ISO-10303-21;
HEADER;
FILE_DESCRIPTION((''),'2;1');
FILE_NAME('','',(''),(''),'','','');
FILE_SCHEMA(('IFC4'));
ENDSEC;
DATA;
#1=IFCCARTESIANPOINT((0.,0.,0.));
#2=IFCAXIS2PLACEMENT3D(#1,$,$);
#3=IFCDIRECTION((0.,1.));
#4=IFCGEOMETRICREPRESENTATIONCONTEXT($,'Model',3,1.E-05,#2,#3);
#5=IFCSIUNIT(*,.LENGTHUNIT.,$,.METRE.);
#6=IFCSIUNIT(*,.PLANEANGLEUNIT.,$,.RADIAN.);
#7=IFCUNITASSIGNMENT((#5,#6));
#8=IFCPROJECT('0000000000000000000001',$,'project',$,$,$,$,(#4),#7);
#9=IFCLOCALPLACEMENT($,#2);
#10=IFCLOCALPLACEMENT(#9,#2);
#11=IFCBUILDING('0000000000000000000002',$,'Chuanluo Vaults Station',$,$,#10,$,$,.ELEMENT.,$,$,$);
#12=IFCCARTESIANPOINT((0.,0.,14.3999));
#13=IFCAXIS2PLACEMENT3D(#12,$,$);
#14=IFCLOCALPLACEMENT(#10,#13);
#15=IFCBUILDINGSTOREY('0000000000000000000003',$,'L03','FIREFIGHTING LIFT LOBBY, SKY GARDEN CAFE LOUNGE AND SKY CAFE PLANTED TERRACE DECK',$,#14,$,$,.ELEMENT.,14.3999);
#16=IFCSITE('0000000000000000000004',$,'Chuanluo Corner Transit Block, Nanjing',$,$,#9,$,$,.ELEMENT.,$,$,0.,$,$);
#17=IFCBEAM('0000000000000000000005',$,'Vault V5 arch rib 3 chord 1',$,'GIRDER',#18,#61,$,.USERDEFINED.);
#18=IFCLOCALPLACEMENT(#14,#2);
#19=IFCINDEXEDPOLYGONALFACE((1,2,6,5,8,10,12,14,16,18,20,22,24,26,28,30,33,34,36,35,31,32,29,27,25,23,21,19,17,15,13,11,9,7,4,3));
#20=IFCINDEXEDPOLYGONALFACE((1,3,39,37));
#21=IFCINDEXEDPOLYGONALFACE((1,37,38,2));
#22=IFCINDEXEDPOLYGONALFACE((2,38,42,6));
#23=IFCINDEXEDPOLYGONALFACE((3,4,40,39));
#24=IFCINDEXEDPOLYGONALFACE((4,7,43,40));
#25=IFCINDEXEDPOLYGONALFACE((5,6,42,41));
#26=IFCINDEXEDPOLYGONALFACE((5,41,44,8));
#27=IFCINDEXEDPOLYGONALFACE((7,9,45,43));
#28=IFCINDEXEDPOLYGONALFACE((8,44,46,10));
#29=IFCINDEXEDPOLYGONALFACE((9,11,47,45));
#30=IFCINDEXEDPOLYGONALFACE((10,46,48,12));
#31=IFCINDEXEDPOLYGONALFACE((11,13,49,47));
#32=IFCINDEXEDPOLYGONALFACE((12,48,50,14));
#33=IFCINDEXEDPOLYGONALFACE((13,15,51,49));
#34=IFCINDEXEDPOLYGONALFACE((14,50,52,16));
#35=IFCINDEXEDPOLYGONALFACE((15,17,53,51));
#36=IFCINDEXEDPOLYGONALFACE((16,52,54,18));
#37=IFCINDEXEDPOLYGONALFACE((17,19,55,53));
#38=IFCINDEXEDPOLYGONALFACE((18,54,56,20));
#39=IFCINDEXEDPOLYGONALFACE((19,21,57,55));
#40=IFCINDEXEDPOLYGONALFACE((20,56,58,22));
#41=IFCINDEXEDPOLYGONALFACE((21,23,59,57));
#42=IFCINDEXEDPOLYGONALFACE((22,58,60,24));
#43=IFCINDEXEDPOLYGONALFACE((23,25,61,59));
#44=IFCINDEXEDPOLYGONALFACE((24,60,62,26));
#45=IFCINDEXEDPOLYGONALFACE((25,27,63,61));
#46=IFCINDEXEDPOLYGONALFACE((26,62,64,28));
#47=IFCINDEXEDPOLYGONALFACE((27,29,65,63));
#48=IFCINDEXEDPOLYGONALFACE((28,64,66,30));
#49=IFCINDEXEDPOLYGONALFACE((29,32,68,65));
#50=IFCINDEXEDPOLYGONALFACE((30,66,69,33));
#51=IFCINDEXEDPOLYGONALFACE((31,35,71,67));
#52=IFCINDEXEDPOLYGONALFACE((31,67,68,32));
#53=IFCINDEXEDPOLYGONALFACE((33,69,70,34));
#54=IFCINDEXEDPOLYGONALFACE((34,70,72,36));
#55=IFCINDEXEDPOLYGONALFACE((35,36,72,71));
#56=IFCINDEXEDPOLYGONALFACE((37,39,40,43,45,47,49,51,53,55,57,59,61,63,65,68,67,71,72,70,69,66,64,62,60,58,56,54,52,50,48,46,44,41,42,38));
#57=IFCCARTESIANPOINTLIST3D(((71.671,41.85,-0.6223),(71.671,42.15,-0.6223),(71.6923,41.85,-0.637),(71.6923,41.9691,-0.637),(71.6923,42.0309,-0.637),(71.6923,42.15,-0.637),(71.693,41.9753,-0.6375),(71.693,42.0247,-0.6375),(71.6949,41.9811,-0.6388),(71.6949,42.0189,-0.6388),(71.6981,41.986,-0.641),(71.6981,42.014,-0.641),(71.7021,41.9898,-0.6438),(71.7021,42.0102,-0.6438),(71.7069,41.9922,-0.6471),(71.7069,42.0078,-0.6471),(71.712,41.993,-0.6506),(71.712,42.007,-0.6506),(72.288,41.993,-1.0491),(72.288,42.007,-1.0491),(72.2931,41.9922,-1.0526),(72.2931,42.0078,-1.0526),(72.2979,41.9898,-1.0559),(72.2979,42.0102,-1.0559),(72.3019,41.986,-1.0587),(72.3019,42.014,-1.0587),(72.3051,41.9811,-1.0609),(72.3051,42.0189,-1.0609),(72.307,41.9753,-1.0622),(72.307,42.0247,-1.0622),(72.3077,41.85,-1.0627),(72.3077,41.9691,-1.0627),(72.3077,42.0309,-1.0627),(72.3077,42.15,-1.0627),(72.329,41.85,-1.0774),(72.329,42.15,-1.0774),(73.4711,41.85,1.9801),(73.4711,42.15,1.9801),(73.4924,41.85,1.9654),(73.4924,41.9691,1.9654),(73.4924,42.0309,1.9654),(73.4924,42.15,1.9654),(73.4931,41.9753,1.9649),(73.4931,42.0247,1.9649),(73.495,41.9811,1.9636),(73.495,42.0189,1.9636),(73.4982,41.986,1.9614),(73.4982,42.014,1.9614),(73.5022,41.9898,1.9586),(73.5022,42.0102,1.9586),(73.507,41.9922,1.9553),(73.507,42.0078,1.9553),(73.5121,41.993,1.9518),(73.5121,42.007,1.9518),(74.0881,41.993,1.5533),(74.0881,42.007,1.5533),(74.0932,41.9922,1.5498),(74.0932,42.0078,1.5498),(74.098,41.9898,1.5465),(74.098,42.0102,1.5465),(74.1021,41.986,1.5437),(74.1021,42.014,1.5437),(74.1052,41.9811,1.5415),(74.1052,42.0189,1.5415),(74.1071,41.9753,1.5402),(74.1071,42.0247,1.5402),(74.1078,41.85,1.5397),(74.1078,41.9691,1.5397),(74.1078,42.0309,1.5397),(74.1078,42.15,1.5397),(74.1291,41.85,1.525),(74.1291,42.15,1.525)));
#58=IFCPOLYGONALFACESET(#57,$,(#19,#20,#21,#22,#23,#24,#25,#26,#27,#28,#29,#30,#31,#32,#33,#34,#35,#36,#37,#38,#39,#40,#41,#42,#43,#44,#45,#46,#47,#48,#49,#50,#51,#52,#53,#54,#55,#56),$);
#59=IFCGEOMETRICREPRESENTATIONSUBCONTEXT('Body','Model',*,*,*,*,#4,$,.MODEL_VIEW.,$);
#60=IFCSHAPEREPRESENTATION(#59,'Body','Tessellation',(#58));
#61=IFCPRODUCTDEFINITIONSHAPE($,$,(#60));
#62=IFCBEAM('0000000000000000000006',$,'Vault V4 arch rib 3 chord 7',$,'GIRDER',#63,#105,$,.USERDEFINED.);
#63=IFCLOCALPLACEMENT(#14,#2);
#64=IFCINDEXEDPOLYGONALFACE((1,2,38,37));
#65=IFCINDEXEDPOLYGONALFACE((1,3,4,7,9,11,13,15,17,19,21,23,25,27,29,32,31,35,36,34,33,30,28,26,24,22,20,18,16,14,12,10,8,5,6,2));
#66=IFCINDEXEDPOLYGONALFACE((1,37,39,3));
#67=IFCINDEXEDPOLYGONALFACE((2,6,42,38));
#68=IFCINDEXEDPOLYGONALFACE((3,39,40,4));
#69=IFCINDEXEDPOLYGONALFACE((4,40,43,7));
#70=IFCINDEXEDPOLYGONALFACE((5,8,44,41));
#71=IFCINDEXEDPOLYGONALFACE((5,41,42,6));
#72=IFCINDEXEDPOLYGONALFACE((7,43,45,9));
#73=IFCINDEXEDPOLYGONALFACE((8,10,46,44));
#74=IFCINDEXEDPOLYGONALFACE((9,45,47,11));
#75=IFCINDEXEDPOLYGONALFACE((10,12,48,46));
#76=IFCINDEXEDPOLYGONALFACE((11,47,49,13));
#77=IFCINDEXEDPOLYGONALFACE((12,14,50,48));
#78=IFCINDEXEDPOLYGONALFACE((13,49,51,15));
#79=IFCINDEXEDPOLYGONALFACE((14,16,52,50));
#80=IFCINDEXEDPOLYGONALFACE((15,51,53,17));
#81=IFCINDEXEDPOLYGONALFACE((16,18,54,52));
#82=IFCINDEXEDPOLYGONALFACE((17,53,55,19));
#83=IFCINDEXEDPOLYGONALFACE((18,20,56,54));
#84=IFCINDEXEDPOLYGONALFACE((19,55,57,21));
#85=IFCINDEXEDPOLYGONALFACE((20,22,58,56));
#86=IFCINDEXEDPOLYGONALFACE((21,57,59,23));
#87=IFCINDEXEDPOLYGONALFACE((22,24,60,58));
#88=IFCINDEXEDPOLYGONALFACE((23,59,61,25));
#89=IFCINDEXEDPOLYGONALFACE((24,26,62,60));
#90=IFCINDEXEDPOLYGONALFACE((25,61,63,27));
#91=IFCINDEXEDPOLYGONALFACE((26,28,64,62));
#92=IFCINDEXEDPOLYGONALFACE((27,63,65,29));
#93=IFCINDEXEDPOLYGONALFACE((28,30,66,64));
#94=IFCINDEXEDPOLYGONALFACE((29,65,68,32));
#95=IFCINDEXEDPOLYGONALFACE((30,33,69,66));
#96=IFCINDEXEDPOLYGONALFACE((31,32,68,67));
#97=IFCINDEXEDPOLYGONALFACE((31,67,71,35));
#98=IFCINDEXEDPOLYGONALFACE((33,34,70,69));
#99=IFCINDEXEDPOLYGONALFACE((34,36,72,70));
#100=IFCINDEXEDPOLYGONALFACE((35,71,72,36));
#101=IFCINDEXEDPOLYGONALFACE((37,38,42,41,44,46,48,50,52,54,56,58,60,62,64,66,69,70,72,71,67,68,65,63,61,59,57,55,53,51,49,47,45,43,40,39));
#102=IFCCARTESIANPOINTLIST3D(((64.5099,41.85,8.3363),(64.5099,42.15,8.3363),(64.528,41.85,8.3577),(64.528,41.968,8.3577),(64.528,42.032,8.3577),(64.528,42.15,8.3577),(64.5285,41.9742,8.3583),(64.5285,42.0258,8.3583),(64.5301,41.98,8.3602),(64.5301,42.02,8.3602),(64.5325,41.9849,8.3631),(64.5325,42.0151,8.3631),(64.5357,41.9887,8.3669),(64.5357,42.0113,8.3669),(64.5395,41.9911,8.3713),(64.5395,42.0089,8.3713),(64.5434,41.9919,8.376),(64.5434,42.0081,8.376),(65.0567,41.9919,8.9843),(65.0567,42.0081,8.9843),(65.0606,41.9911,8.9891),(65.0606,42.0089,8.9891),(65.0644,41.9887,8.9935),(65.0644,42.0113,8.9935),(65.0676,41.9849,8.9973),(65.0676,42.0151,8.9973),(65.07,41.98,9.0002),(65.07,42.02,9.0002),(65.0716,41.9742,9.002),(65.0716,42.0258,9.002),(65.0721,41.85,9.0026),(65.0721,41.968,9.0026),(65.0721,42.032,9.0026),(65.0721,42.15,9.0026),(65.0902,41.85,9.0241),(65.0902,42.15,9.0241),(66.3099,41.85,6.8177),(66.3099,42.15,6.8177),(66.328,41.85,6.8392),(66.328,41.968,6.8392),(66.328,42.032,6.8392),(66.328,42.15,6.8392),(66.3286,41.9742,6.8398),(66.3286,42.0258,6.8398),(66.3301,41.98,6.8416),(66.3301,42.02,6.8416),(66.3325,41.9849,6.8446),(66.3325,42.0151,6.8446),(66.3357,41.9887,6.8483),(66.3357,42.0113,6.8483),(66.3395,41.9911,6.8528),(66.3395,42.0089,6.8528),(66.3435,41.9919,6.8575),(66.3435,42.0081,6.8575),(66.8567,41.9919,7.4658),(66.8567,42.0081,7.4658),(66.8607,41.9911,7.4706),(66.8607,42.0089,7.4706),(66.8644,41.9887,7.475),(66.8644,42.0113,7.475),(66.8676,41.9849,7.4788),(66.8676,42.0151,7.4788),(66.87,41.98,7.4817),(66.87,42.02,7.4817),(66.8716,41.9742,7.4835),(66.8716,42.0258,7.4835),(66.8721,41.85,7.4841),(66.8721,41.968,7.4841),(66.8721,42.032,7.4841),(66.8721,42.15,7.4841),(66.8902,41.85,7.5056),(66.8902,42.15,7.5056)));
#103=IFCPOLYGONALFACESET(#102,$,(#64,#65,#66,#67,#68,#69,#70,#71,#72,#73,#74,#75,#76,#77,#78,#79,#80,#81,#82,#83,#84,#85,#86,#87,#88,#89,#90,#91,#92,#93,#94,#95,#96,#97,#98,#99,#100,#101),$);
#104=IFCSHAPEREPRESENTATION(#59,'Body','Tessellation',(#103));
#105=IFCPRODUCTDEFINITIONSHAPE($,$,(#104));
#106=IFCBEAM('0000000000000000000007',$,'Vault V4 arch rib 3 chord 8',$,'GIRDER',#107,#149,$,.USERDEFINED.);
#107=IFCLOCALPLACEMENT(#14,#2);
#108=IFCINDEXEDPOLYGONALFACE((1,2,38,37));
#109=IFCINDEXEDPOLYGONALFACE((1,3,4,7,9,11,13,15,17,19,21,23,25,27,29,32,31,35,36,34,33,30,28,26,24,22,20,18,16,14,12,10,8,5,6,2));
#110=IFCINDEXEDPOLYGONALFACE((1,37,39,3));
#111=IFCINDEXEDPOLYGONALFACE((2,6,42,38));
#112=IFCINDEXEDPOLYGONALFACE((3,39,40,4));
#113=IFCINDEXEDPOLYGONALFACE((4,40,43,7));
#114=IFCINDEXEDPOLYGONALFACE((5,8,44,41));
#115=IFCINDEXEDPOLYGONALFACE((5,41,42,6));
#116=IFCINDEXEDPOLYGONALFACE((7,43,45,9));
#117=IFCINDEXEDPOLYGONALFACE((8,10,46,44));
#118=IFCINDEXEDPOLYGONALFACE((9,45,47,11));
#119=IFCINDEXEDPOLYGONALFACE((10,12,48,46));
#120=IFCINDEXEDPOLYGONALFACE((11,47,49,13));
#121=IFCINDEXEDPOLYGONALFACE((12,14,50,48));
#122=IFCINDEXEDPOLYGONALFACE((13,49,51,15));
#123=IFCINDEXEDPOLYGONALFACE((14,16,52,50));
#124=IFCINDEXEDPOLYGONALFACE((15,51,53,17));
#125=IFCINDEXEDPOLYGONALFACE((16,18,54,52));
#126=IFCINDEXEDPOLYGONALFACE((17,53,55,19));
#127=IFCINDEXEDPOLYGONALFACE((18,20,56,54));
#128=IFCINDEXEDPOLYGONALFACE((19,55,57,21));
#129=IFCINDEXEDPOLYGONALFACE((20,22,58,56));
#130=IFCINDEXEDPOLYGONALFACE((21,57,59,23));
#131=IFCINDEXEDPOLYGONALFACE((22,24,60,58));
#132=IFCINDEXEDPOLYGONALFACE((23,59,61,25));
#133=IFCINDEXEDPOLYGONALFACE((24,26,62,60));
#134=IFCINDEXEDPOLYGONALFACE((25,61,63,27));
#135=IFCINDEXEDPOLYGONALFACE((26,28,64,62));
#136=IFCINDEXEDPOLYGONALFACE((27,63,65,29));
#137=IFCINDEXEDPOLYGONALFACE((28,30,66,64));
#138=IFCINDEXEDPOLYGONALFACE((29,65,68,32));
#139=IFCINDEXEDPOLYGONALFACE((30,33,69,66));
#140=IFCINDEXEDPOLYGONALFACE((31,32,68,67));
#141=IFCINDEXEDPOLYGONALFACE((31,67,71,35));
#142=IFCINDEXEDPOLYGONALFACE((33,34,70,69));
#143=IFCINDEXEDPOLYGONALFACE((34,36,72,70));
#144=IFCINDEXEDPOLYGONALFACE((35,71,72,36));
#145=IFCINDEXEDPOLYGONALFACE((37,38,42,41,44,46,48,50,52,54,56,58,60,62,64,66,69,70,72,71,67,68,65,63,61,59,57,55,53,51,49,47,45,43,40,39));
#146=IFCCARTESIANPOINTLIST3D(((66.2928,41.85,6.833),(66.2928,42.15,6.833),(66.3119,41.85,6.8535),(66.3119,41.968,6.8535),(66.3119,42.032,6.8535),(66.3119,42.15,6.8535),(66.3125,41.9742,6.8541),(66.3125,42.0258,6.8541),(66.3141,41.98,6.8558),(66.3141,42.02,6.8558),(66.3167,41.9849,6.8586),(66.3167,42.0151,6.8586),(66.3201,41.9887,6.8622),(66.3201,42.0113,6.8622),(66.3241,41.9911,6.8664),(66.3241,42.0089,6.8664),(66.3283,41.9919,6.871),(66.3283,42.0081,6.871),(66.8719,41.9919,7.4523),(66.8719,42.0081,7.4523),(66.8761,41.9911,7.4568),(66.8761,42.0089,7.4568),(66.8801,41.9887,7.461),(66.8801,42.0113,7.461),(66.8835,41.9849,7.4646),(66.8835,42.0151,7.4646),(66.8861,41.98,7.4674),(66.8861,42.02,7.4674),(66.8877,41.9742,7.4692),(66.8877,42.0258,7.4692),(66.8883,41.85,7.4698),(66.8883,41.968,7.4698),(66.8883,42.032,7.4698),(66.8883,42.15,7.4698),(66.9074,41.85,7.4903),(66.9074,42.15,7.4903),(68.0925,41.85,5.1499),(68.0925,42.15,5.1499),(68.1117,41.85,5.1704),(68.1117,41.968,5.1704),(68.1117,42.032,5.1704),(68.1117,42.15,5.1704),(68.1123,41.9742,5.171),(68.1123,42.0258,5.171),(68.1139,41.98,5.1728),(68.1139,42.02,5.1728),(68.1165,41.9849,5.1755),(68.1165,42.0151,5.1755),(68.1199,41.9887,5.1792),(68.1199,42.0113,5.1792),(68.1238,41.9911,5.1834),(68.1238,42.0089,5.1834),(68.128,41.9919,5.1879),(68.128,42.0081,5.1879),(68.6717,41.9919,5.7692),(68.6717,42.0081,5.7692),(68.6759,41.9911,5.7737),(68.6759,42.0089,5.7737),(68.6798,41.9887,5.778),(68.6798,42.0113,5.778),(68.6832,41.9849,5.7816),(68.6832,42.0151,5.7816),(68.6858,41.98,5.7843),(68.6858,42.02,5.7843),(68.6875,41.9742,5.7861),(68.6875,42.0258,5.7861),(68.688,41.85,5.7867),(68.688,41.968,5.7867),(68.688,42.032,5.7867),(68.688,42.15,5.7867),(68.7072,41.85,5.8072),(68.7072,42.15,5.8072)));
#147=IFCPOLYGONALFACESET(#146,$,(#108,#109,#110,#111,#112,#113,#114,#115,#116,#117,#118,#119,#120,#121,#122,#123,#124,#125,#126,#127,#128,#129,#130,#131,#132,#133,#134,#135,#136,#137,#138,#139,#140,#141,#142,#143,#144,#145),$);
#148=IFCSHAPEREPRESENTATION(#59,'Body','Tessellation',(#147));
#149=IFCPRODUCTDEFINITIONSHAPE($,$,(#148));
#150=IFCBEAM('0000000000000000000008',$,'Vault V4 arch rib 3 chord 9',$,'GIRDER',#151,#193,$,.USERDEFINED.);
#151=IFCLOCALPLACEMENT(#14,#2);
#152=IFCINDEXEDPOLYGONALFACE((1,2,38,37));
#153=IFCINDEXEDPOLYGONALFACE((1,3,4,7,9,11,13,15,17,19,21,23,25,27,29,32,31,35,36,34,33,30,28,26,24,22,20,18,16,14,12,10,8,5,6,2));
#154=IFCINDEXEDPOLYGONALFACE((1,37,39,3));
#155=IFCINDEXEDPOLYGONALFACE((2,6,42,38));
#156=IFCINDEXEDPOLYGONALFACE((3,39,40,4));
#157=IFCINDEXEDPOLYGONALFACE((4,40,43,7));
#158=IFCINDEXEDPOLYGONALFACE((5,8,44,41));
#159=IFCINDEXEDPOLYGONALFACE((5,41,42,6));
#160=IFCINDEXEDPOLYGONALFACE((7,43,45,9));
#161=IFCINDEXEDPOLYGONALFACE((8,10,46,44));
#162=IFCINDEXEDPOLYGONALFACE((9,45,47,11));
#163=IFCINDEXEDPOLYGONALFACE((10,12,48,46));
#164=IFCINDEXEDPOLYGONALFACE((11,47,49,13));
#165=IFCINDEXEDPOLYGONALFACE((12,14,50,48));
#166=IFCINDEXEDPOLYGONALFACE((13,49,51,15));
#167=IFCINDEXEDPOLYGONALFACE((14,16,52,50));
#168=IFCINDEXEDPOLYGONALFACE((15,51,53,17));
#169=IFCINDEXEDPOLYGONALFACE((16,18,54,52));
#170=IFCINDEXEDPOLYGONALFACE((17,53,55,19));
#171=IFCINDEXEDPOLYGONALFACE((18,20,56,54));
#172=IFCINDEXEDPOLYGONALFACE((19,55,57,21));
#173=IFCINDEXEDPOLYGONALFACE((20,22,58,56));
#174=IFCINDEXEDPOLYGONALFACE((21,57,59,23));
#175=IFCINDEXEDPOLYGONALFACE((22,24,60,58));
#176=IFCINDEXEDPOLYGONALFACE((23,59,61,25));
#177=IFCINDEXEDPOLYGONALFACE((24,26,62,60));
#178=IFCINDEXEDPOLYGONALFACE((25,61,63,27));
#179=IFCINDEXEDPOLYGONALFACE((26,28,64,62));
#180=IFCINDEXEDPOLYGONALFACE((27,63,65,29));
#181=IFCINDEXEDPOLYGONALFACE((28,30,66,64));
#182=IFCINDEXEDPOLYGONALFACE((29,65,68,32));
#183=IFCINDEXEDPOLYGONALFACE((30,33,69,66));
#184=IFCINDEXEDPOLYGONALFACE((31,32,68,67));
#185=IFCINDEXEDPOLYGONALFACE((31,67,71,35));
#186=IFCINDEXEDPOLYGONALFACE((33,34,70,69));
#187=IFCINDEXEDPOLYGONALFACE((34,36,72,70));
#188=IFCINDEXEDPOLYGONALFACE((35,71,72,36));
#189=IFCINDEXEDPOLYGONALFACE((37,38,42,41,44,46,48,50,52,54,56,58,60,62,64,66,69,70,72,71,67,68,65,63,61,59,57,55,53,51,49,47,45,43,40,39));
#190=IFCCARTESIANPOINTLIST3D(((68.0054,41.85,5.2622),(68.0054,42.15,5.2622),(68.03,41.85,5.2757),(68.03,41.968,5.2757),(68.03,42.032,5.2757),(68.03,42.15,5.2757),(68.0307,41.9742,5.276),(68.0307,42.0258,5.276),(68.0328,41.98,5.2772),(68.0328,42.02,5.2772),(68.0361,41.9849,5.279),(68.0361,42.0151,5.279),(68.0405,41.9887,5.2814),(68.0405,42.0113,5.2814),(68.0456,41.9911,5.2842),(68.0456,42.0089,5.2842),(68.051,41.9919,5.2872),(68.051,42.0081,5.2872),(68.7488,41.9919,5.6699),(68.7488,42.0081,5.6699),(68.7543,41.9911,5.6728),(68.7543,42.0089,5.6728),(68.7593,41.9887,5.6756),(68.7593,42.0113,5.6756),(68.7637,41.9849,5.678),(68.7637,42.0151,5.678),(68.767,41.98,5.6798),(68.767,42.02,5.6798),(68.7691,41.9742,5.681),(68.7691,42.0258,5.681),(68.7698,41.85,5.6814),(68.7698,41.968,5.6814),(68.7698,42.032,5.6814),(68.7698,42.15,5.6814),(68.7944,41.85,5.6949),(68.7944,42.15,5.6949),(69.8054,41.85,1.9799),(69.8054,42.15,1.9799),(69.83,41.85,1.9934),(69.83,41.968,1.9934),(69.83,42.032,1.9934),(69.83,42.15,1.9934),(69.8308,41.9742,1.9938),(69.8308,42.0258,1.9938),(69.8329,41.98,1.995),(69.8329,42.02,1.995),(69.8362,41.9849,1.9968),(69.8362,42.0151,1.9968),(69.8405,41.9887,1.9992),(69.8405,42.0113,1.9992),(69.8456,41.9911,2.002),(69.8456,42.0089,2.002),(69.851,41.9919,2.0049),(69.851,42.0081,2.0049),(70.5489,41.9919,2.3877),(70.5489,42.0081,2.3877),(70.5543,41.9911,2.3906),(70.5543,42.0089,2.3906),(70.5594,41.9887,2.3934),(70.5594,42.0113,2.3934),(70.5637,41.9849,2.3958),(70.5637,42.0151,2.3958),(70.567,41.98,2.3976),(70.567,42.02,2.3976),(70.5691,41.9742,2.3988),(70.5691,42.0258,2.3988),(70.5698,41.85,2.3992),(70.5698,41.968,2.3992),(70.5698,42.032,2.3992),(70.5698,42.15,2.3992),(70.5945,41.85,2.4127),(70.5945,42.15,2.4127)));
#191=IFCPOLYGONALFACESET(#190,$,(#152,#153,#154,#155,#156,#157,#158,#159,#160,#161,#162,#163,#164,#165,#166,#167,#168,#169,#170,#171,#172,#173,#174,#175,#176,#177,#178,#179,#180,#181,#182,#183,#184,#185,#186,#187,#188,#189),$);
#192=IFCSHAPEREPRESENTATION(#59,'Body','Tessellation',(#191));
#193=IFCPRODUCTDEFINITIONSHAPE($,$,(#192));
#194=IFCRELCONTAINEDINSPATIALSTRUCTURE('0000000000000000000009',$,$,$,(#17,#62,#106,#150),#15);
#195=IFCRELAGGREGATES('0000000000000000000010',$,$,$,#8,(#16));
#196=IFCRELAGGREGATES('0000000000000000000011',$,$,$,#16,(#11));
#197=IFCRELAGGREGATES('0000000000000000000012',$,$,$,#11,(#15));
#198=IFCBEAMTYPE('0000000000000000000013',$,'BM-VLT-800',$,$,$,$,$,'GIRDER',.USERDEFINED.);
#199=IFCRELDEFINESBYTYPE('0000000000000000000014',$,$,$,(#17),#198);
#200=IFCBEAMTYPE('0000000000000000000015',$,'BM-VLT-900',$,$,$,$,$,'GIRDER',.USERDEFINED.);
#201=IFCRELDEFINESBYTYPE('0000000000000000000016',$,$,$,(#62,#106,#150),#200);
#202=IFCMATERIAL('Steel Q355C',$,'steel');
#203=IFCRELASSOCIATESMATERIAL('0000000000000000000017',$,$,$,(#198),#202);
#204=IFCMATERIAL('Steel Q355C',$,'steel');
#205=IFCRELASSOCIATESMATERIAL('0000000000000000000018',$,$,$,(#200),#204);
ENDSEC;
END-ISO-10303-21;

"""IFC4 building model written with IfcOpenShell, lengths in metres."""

from ifc_helpers import new_model, si_unit, direction, frame, origin, origin_2d, place, context, subcontext, project, spatial, i_section, extrude, material, material_profile, profile_set, type_object, element, save


model = new_model("IFC4")

# Units and contexts
model_context = context("Model", 3, precision=1e-05, world=origin(), true_north=direction((0.0, 1.0)))
body_context = subcontext(model_context, "Body", "Model", "MODEL_VIEW")
ifc_project = project(units=[si_unit("LENGTHUNIT", "METRE"), si_unit("PLANEANGLEUNIT", "RADIAN")], contexts=[model_context])

# Site, building, storey
site_placement = place(None, origin())
site = spatial("IfcSite", under=ifc_project, at=site_placement, Name="Chuanluo Corner Transit Block, Nanjing", CompositionType="ELEMENT", RefElevation=0.0)
building_placement = place(site_placement, origin())
building = spatial("IfcBuilding", under=site, at=building_placement, Name="Chuanluo Vaults Station", CompositionType="ELEMENT")
storey_placement = place(building_placement, frame((0.0, 0.0, 14.3999)))
storey = spatial("IfcBuildingStorey", under=building, at=storey_placement, Name="L03", Description="FIREFIGHTING LIFT LOBBY, SKY GARDEN CAFE LOUNGE AND SKY CAFE PLANTED TERRACE DECK", CompositionType="ELEMENT", Elevation=14.3999)

# Beams
ifc_material_1 = material(Name="Steel Q355C", Category="steel")
ifc_material_profile_1 = material_profile(ifc_material_1, i_section(OverallWidth=0.3, OverallDepth=0.8, WebThickness=0.0139, FlangeThickness=0.0259, FilletRadius=0.0239, at=origin_2d()))
ifc_profile_set_1 = profile_set([ifc_material_profile_1], Name="Steel Q355C")
beam_type_1 = type_object("IfcBeamType", Name="BM-VLT-800", ElementType="GIRDER", PredefinedType="USERDEFINED", material=ifc_profile_set_1)
beam_1_placement = place(storey_placement, frame((72.0, 42.0, -0.8499), z_axis=(0.568881, 0.0, 0.82242), x_axis=(0.0, 1.0, 0.0)))
element("IfcBeam", 1, at=beam_1_placement, inside=storey, type_object=beam_type_1, Name="Vault V5 arch rib 3 chord 1", ObjectType="GIRDER", PredefinedType="USERDEFINED", context=body_context, shape_type="SweptSolid", body=[
    extrude(i_section(OverallWidth=0.3, OverallDepth=0.8, WebThickness=0.0139, FlangeThickness=0.0259, FilletRadius=0.0239, at=origin_2d()), origin(), (0.0, 0.0, 1.0), 3.1643),
])
ifc_material_2 = material(Name="Steel Q355C", Category="steel")
ifc_material_profile_2 = material_profile(ifc_material_2, i_section(OverallWidth=0.3, OverallDepth=0.8999, WebThickness=0.0161, FlangeThickness=0.0281, FilletRadius=0.0239, at=origin_2d()))
ifc_profile_set_2 = profile_set([ifc_material_profile_2], Name="Steel Q355C")
beam_type_2 = type_object("IfcBeamType", Name="BM-VLT-900", ElementType="GIRDER", PredefinedType="USERDEFINED", material=ifc_profile_set_2)
beam_2_placement = place(storey_placement, frame((64.8, 42.0, 8.6802), z_axis=(0.764341, 0.0, -0.644812), x_axis=(0.0, 1.0, 0.0)))
element("IfcBeam", 2, at=beam_2_placement, inside=storey, type_object=beam_type_2, Name="Vault V4 arch rib 3 chord 7", ObjectType="GIRDER", PredefinedType="USERDEFINED", context=body_context, shape_type="SweptSolid", body=[
    extrude(i_section(OverallWidth=0.3, OverallDepth=0.8999, WebThickness=0.0161, FlangeThickness=0.0281, FilletRadius=0.0239, at=origin_2d()), origin(), (0.0, 0.0, 1.0), 2.355),
])
beam_3_placement = place(storey_placement, frame((66.6001, 42.0, 7.1616), z_axis=(0.730389, 0.0, -0.683031), x_axis=(0.0, 1.0, 0.0)))
element("IfcBeam", 3, at=beam_3_placement, inside=storey, type_object=beam_type_2, Name="Vault V4 arch rib 3 chord 8", ObjectType="GIRDER", PredefinedType="USERDEFINED", context=body_context, shape_type="SweptSolid", body=[
    extrude(i_section(OverallWidth=0.3, OverallDepth=0.8999, WebThickness=0.0161, FlangeThickness=0.0281, FilletRadius=0.0239, at=origin_2d()), origin(), (0.0, 0.0, 1.0), 2.4641),
])
beam_4_placement = place(storey_placement, frame((68.3999, 42.0, 5.4785), z_axis=(0.480857, 0.0, -0.876799), x_axis=(0.0, 1.0, 0.0)))
element("IfcBeam", 4, at=beam_4_placement, inside=storey, type_object=beam_type_2, Name="Vault V4 arch rib 3 chord 9", ObjectType="GIRDER", PredefinedType="USERDEFINED", context=body_context, shape_type="SweptSolid", body=[
    extrude(i_section(OverallWidth=0.3, OverallDepth=0.8999, WebThickness=0.0161, FlangeThickness=0.0281, FilletRadius=0.0239, at=origin_2d()), origin(), (0.0, 0.0, 1.0), 3.7434),
])

save(model, "model.ifc")
